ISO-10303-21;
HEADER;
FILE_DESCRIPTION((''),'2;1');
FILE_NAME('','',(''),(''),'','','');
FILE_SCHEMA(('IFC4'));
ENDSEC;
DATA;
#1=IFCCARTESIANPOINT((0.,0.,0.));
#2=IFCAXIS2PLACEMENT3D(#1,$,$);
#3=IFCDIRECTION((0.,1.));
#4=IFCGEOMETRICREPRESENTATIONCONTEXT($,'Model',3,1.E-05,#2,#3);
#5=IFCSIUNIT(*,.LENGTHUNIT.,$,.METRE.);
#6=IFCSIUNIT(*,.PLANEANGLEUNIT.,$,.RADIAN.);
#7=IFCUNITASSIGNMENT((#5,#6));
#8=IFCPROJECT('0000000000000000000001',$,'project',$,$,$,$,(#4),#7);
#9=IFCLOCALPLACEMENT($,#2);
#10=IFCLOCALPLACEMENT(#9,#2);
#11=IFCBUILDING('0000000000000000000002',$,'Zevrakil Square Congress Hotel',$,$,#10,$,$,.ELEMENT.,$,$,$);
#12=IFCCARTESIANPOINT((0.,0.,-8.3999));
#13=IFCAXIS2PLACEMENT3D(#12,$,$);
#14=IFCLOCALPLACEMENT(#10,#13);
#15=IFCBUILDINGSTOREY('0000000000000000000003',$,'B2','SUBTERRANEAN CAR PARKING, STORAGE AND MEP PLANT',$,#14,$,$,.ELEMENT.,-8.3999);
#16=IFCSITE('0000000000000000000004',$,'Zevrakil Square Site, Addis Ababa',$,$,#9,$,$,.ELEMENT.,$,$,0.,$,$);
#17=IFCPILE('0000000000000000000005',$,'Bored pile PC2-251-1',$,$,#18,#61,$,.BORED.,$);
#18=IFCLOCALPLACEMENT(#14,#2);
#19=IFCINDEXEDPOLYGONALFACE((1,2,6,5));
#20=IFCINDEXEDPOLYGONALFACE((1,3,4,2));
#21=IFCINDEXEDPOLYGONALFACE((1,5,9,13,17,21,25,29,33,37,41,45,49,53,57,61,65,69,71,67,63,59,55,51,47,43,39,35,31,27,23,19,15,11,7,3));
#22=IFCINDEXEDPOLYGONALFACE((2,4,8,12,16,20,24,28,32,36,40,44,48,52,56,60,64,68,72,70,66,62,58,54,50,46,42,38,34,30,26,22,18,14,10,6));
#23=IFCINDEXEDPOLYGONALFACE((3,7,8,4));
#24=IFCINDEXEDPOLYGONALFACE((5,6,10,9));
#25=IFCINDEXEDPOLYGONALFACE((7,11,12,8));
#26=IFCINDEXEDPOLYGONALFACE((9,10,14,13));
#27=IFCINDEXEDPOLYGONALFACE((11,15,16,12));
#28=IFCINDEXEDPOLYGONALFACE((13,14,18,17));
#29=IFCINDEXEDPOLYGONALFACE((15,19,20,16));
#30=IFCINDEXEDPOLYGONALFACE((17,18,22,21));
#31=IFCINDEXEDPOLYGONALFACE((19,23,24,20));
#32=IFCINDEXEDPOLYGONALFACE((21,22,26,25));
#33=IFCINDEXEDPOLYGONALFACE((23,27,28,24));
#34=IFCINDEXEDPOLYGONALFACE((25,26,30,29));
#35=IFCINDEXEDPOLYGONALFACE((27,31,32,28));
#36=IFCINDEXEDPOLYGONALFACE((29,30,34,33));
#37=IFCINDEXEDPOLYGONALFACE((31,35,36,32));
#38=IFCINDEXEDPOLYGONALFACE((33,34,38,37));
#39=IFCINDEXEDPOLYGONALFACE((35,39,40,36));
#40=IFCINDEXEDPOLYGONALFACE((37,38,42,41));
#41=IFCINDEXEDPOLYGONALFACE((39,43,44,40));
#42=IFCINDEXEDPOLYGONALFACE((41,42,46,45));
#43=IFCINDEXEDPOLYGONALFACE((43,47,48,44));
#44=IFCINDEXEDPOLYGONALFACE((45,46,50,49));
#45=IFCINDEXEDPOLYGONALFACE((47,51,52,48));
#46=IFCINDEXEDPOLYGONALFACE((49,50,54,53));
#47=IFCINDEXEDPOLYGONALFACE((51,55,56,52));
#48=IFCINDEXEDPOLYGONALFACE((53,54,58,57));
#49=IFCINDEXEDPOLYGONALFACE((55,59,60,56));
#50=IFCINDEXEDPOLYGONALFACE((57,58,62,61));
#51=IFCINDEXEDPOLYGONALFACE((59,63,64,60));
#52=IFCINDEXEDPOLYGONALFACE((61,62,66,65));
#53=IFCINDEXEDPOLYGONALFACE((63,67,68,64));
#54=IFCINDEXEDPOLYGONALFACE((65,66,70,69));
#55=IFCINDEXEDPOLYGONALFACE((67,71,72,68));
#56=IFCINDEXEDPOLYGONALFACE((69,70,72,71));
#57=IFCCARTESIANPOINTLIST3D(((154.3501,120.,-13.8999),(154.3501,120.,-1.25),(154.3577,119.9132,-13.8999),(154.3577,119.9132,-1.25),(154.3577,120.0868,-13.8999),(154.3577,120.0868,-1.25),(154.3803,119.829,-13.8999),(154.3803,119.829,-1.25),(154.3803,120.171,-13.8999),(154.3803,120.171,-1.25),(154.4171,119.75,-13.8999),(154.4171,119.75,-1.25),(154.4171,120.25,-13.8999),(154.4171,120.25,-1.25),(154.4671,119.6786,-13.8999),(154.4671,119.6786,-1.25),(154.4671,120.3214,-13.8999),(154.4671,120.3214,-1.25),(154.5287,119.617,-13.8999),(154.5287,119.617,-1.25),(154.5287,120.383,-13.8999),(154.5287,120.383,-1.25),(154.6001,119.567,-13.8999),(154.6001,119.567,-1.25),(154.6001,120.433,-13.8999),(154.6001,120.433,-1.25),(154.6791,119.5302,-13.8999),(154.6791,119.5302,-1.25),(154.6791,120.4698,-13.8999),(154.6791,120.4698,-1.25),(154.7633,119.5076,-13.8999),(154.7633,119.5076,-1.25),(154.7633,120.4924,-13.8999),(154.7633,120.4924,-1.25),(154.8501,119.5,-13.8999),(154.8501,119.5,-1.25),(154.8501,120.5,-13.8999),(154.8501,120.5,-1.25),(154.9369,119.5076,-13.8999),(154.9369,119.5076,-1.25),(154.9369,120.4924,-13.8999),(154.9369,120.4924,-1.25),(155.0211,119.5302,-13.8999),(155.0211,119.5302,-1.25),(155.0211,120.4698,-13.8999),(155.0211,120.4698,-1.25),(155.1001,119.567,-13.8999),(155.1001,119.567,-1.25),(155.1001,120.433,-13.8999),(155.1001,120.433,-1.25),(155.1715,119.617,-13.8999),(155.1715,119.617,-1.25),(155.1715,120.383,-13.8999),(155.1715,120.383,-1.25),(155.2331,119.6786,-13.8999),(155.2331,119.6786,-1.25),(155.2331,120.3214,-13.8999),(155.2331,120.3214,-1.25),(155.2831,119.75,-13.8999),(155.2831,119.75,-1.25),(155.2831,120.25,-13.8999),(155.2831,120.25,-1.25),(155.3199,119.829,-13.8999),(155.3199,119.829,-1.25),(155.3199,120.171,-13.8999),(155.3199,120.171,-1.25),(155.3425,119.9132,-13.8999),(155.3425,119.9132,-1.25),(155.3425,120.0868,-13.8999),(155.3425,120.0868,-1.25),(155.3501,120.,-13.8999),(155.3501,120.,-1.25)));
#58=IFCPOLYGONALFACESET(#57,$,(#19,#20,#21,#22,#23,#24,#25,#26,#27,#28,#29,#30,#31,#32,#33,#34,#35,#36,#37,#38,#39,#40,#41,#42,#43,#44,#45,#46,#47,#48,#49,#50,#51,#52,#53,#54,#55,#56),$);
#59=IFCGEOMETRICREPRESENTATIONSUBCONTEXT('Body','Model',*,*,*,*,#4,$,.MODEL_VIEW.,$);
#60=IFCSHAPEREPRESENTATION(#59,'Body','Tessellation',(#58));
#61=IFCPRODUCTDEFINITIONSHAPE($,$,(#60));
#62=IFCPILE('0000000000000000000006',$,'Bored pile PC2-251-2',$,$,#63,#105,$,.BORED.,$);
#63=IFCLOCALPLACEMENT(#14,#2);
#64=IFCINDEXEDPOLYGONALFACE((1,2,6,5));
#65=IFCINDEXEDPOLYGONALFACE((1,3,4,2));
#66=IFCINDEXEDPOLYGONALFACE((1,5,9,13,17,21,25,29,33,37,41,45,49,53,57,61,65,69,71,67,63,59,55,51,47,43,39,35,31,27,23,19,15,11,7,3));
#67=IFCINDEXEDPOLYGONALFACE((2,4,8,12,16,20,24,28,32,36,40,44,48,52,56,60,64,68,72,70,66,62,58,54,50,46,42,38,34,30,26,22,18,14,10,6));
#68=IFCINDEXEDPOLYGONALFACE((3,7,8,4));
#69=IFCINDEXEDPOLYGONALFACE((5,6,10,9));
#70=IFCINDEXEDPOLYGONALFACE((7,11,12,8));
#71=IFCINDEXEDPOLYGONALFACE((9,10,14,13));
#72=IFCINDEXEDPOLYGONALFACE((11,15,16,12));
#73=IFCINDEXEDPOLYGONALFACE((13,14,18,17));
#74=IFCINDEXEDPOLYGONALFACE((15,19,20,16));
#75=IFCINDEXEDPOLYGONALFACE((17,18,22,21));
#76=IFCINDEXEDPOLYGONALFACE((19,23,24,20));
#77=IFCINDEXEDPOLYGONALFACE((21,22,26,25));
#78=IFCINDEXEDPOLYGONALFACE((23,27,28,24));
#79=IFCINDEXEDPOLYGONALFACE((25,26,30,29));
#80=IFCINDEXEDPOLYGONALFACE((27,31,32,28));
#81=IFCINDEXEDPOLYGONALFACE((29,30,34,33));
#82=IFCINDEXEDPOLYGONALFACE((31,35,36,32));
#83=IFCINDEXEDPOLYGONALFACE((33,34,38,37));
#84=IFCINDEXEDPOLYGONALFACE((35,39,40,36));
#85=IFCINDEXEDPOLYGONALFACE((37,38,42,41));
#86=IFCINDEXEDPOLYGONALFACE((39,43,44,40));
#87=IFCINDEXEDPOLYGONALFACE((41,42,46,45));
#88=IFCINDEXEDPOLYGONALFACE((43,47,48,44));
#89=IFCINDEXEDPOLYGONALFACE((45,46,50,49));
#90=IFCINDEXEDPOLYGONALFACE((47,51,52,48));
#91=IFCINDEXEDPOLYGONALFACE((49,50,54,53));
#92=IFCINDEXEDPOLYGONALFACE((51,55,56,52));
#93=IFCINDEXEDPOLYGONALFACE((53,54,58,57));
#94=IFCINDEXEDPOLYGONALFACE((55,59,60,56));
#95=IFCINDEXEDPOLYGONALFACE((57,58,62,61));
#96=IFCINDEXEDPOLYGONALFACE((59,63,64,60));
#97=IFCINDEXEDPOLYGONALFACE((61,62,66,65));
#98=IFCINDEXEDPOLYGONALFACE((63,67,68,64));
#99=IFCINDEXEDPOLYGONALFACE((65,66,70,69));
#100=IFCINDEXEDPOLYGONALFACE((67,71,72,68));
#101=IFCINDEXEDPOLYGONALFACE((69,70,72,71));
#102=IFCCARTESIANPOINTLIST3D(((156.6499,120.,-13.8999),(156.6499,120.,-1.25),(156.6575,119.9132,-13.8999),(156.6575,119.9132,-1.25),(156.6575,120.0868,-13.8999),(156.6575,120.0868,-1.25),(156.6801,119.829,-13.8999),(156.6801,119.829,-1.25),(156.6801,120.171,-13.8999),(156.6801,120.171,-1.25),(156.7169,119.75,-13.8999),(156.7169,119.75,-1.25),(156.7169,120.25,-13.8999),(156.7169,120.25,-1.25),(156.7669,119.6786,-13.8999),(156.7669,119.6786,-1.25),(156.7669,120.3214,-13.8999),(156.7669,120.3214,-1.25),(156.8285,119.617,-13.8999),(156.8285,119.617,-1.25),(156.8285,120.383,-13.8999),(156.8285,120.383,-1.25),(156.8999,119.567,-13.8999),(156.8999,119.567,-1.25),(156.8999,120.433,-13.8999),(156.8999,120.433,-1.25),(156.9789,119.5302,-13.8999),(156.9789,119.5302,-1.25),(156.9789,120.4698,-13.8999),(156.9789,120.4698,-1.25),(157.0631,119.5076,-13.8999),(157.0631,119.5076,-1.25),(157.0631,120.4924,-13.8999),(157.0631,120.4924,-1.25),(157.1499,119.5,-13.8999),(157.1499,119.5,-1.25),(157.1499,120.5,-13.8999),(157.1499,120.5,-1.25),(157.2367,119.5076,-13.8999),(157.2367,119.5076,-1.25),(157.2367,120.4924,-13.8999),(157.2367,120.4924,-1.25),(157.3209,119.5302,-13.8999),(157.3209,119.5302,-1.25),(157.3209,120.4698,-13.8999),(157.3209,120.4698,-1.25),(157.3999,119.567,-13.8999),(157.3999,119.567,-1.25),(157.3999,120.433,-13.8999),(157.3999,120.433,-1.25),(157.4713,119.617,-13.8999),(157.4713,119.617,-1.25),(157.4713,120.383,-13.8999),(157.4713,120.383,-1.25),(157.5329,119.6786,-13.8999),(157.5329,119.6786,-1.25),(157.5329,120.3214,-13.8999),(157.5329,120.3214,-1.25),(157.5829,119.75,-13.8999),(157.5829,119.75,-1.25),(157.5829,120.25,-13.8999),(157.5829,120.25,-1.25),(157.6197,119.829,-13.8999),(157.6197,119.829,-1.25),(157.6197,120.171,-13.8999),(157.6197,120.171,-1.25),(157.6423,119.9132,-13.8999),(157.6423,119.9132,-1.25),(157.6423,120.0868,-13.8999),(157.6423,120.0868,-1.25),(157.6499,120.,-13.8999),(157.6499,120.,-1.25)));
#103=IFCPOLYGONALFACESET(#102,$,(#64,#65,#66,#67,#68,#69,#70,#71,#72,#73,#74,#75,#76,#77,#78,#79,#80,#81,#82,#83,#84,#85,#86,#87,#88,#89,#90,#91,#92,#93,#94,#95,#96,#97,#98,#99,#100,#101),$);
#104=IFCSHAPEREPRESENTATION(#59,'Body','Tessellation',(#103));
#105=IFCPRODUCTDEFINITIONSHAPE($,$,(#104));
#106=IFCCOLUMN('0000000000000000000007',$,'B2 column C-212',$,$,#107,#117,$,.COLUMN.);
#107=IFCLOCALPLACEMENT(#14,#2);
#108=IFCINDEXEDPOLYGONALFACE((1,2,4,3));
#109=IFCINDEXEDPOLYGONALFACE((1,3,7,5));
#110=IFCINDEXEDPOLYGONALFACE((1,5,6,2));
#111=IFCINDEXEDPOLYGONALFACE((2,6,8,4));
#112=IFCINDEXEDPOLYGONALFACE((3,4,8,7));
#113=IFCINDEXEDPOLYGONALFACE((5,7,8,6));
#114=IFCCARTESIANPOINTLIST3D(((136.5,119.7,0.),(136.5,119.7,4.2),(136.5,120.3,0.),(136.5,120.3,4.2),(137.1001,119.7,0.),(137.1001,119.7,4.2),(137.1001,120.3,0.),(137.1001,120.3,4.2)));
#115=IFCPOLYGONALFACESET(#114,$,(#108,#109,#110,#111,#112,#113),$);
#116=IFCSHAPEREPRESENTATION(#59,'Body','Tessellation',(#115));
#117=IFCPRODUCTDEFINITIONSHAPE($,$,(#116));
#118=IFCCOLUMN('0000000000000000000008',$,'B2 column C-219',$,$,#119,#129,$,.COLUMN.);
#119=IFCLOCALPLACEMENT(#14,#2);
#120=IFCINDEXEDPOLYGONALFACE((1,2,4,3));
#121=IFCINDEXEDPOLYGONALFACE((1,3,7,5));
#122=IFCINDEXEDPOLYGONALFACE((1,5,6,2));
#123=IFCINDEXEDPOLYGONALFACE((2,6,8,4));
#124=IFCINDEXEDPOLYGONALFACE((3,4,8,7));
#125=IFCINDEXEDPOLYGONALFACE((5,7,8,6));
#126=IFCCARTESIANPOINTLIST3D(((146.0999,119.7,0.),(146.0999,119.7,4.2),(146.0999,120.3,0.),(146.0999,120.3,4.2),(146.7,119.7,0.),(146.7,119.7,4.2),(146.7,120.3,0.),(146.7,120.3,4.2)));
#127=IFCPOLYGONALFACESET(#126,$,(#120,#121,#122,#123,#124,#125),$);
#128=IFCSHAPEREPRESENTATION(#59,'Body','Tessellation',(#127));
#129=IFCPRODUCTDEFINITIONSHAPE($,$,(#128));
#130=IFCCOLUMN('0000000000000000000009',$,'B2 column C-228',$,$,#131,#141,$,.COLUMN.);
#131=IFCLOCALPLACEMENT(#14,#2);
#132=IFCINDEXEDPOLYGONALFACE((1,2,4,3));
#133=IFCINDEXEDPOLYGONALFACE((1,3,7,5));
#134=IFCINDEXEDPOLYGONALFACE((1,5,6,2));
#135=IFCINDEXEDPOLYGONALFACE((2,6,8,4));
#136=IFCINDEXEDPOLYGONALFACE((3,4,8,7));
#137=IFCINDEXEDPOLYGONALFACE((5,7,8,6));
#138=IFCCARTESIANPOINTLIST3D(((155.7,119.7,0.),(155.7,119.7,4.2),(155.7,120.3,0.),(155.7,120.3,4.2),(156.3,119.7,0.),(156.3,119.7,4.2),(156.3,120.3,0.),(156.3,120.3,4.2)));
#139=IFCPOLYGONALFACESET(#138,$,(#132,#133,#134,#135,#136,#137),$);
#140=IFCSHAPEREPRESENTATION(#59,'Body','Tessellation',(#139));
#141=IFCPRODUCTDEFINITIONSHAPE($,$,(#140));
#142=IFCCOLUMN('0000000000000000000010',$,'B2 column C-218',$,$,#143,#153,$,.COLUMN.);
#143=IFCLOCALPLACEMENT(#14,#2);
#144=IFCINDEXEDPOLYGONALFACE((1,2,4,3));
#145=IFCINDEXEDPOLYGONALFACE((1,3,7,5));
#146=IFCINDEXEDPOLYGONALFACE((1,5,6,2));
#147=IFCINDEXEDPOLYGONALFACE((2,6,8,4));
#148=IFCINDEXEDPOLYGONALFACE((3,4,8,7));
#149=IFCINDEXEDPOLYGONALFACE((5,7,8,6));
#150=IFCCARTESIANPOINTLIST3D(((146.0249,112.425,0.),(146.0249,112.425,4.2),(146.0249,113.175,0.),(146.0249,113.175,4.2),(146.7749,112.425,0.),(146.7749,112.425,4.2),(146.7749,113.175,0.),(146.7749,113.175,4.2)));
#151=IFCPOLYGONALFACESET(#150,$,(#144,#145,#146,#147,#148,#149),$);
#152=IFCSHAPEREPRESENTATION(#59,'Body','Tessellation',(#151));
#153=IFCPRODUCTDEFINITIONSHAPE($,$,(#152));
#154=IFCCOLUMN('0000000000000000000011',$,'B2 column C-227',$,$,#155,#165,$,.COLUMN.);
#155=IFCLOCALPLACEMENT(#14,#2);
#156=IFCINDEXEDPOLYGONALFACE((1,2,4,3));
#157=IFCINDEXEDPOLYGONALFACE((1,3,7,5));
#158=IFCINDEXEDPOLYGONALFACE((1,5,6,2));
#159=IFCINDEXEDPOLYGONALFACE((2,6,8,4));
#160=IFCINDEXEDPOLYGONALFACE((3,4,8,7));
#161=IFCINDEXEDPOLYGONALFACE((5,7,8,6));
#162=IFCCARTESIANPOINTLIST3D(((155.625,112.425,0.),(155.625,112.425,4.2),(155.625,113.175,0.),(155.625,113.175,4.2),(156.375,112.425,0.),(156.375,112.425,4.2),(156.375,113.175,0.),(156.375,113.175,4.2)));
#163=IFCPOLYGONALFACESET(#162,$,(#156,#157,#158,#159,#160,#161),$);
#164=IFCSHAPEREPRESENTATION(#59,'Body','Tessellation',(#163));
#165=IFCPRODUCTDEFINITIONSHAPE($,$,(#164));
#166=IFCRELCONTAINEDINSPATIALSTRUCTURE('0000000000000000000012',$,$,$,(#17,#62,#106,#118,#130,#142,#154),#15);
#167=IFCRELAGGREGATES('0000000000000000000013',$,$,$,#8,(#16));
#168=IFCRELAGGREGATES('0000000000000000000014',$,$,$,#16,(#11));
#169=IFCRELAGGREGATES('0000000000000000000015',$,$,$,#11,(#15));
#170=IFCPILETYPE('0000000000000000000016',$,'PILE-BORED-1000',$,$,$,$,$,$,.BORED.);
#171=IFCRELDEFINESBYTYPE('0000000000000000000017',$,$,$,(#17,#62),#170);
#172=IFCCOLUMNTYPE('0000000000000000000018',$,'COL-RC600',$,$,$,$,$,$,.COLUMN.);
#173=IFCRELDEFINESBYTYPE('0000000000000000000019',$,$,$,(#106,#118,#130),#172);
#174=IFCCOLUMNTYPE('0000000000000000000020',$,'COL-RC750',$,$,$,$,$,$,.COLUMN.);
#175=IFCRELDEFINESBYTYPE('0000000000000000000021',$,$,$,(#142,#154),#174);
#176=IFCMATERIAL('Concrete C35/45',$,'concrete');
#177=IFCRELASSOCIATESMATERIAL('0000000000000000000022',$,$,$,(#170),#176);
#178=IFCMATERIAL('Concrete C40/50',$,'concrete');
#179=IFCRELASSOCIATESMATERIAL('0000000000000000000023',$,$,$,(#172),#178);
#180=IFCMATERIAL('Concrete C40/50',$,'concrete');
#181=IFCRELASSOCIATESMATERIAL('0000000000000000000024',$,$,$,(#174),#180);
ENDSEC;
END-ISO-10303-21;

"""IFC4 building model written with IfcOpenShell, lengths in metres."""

from ifc_helpers import new_model, si_unit, direction, frame, origin, origin_2d, place, context, subcontext, project, spatial, rectangle, circle, extrude, material, material_profile, profile_set, type_object, element, save


model = new_model("IFC4")

# Units and contexts
model_context = context("Model", 3, precision=1e-05, world=origin(), true_north=direction((0.0, 1.0)))
body_context = subcontext(model_context, "Body", "Model", "MODEL_VIEW")
ifc_project = project(units=[si_unit("LENGTHUNIT", "METRE"), si_unit("PLANEANGLEUNIT", "RADIAN")], contexts=[model_context])

# Site, building, storey
site_placement = place(None, origin())
site = spatial("IfcSite", under=ifc_project, at=site_placement, Name="Zevrakil Square Site, Addis Ababa", CompositionType="ELEMENT", RefElevation=0.0)
building_placement = place(site_placement, origin())
building = spatial("IfcBuilding", under=site, at=building_placement, Name="Zevrakil Square Congress Hotel", CompositionType="ELEMENT")
storey_placement = place(building_placement, frame((0.0, 0.0, -8.3999)))
storey = spatial("IfcBuildingStorey", under=building, at=storey_placement, Name="B2", Description="SUBTERRANEAN CAR PARKING, STORAGE AND MEP PLANT", CompositionType="ELEMENT", Elevation=-8.3999)

# Piles
ifc_material_1 = material(Name="Concrete C35/45", Category="concrete")
ifc_material_profile_1 = material_profile(ifc_material_1, circle(Radius=0.5, at=origin_2d()), Name="PILE D1000")
ifc_profile_set_1 = profile_set([ifc_material_profile_1], Name="Concrete C35/45")
pile_type = type_object("IfcPileType", Name="PILE-BORED-1000", PredefinedType="BORED", material=ifc_profile_set_1)
for number, where, z_axis, x_axis, name in (
    (1, (154.8501, 120.0, -1.25), (0.0, 0.0, -1.0), (1.0, 0.0, 0.0), "Bored pile PC2-251-1"),
    (2, (157.1499, 120.0, -1.25), (0.0, 0.0, -1.0), (1.0, 0.0, 0.0), "Bored pile PC2-251-2"),
):
    element("IfcPile", number, at=place(storey_placement, frame(where, z_axis=z_axis, x_axis=x_axis)), inside=storey, type_object=pile_type, Name=name, PredefinedType="BORED", context=body_context, shape_type="SweptSolid", body=[
        extrude(circle(Radius=0.5, at=origin_2d()), origin(), (0.0, 0.0, 1.0), 12.6499),
    ])

# Columns
ifc_material_2 = material(Name="Concrete C40/50", Category="concrete")
ifc_material_profile_2 = material_profile(ifc_material_2, rectangle(XDim=0.6001, YDim=0.6001, at=origin_2d()), Name="RC 600x600")
ifc_profile_set_2 = profile_set([ifc_material_profile_2], Name="Concrete C40/50")
column_type_1 = type_object("IfcColumnType", Name="COL-RC600", PredefinedType="COLUMN", material=ifc_profile_set_2)
for number, where, z_axis, x_axis, name in (
    (3, (136.8, 120.0, 0.0), (0.0, 0.0, 1.0), (1.0, 0.0, 0.0), "B2 column C-212"),
    (4, (146.3999, 120.0, 0.0), (0.0, 0.0, 1.0), (1.0, 0.0, 0.0), "B2 column C-219"),
    (5, (156.0, 120.0, 0.0), (0.0, 0.0, 1.0), (1.0, 0.0, 0.0), "B2 column C-228"),
):
    element("IfcColumn", number, at=place(storey_placement, frame(where, z_axis=z_axis, x_axis=x_axis)), inside=storey, type_object=column_type_1, Name=name, PredefinedType="COLUMN", context=body_context, shape_type="SweptSolid", body=[
        extrude(rectangle(XDim=0.6001, YDim=0.6001, at=origin_2d()), origin(), (0.0, 0.0, 1.0), 4.2),
    ])
ifc_material_3 = material(Name="Concrete C40/50", Category="concrete")
ifc_material_profile_3 = material_profile(ifc_material_3, rectangle(XDim=0.75, YDim=0.75, at=origin_2d()), Name="RC 750x750")
ifc_profile_set_3 = profile_set([ifc_material_profile_3], Name="Concrete C40/50")
column_type_2 = type_object("IfcColumnType", Name="COL-RC750", PredefinedType="COLUMN", material=ifc_profile_set_3)
for number, where, z_axis, x_axis, name in (
    (6, (146.3999, 112.8, 0.0), (0.0, 0.0, 1.0), (1.0, 0.0, 0.0), "B2 column C-218"),
    (7, (156.0, 112.8, 0.0), (0.0, 0.0, 1.0), (1.0, 0.0, 0.0), "B2 column C-227"),
):
    element("IfcColumn", number, at=place(storey_placement, frame(where, z_axis=z_axis, x_axis=x_axis)), inside=storey, type_object=column_type_2, Name=name, PredefinedType="COLUMN", context=body_context, shape_type="SweptSolid", body=[
        extrude(rectangle(XDim=0.75, YDim=0.75, at=origin_2d()), origin(), (0.0, 0.0, 1.0), 4.2),
    ])

save(model, "model.ifc")
